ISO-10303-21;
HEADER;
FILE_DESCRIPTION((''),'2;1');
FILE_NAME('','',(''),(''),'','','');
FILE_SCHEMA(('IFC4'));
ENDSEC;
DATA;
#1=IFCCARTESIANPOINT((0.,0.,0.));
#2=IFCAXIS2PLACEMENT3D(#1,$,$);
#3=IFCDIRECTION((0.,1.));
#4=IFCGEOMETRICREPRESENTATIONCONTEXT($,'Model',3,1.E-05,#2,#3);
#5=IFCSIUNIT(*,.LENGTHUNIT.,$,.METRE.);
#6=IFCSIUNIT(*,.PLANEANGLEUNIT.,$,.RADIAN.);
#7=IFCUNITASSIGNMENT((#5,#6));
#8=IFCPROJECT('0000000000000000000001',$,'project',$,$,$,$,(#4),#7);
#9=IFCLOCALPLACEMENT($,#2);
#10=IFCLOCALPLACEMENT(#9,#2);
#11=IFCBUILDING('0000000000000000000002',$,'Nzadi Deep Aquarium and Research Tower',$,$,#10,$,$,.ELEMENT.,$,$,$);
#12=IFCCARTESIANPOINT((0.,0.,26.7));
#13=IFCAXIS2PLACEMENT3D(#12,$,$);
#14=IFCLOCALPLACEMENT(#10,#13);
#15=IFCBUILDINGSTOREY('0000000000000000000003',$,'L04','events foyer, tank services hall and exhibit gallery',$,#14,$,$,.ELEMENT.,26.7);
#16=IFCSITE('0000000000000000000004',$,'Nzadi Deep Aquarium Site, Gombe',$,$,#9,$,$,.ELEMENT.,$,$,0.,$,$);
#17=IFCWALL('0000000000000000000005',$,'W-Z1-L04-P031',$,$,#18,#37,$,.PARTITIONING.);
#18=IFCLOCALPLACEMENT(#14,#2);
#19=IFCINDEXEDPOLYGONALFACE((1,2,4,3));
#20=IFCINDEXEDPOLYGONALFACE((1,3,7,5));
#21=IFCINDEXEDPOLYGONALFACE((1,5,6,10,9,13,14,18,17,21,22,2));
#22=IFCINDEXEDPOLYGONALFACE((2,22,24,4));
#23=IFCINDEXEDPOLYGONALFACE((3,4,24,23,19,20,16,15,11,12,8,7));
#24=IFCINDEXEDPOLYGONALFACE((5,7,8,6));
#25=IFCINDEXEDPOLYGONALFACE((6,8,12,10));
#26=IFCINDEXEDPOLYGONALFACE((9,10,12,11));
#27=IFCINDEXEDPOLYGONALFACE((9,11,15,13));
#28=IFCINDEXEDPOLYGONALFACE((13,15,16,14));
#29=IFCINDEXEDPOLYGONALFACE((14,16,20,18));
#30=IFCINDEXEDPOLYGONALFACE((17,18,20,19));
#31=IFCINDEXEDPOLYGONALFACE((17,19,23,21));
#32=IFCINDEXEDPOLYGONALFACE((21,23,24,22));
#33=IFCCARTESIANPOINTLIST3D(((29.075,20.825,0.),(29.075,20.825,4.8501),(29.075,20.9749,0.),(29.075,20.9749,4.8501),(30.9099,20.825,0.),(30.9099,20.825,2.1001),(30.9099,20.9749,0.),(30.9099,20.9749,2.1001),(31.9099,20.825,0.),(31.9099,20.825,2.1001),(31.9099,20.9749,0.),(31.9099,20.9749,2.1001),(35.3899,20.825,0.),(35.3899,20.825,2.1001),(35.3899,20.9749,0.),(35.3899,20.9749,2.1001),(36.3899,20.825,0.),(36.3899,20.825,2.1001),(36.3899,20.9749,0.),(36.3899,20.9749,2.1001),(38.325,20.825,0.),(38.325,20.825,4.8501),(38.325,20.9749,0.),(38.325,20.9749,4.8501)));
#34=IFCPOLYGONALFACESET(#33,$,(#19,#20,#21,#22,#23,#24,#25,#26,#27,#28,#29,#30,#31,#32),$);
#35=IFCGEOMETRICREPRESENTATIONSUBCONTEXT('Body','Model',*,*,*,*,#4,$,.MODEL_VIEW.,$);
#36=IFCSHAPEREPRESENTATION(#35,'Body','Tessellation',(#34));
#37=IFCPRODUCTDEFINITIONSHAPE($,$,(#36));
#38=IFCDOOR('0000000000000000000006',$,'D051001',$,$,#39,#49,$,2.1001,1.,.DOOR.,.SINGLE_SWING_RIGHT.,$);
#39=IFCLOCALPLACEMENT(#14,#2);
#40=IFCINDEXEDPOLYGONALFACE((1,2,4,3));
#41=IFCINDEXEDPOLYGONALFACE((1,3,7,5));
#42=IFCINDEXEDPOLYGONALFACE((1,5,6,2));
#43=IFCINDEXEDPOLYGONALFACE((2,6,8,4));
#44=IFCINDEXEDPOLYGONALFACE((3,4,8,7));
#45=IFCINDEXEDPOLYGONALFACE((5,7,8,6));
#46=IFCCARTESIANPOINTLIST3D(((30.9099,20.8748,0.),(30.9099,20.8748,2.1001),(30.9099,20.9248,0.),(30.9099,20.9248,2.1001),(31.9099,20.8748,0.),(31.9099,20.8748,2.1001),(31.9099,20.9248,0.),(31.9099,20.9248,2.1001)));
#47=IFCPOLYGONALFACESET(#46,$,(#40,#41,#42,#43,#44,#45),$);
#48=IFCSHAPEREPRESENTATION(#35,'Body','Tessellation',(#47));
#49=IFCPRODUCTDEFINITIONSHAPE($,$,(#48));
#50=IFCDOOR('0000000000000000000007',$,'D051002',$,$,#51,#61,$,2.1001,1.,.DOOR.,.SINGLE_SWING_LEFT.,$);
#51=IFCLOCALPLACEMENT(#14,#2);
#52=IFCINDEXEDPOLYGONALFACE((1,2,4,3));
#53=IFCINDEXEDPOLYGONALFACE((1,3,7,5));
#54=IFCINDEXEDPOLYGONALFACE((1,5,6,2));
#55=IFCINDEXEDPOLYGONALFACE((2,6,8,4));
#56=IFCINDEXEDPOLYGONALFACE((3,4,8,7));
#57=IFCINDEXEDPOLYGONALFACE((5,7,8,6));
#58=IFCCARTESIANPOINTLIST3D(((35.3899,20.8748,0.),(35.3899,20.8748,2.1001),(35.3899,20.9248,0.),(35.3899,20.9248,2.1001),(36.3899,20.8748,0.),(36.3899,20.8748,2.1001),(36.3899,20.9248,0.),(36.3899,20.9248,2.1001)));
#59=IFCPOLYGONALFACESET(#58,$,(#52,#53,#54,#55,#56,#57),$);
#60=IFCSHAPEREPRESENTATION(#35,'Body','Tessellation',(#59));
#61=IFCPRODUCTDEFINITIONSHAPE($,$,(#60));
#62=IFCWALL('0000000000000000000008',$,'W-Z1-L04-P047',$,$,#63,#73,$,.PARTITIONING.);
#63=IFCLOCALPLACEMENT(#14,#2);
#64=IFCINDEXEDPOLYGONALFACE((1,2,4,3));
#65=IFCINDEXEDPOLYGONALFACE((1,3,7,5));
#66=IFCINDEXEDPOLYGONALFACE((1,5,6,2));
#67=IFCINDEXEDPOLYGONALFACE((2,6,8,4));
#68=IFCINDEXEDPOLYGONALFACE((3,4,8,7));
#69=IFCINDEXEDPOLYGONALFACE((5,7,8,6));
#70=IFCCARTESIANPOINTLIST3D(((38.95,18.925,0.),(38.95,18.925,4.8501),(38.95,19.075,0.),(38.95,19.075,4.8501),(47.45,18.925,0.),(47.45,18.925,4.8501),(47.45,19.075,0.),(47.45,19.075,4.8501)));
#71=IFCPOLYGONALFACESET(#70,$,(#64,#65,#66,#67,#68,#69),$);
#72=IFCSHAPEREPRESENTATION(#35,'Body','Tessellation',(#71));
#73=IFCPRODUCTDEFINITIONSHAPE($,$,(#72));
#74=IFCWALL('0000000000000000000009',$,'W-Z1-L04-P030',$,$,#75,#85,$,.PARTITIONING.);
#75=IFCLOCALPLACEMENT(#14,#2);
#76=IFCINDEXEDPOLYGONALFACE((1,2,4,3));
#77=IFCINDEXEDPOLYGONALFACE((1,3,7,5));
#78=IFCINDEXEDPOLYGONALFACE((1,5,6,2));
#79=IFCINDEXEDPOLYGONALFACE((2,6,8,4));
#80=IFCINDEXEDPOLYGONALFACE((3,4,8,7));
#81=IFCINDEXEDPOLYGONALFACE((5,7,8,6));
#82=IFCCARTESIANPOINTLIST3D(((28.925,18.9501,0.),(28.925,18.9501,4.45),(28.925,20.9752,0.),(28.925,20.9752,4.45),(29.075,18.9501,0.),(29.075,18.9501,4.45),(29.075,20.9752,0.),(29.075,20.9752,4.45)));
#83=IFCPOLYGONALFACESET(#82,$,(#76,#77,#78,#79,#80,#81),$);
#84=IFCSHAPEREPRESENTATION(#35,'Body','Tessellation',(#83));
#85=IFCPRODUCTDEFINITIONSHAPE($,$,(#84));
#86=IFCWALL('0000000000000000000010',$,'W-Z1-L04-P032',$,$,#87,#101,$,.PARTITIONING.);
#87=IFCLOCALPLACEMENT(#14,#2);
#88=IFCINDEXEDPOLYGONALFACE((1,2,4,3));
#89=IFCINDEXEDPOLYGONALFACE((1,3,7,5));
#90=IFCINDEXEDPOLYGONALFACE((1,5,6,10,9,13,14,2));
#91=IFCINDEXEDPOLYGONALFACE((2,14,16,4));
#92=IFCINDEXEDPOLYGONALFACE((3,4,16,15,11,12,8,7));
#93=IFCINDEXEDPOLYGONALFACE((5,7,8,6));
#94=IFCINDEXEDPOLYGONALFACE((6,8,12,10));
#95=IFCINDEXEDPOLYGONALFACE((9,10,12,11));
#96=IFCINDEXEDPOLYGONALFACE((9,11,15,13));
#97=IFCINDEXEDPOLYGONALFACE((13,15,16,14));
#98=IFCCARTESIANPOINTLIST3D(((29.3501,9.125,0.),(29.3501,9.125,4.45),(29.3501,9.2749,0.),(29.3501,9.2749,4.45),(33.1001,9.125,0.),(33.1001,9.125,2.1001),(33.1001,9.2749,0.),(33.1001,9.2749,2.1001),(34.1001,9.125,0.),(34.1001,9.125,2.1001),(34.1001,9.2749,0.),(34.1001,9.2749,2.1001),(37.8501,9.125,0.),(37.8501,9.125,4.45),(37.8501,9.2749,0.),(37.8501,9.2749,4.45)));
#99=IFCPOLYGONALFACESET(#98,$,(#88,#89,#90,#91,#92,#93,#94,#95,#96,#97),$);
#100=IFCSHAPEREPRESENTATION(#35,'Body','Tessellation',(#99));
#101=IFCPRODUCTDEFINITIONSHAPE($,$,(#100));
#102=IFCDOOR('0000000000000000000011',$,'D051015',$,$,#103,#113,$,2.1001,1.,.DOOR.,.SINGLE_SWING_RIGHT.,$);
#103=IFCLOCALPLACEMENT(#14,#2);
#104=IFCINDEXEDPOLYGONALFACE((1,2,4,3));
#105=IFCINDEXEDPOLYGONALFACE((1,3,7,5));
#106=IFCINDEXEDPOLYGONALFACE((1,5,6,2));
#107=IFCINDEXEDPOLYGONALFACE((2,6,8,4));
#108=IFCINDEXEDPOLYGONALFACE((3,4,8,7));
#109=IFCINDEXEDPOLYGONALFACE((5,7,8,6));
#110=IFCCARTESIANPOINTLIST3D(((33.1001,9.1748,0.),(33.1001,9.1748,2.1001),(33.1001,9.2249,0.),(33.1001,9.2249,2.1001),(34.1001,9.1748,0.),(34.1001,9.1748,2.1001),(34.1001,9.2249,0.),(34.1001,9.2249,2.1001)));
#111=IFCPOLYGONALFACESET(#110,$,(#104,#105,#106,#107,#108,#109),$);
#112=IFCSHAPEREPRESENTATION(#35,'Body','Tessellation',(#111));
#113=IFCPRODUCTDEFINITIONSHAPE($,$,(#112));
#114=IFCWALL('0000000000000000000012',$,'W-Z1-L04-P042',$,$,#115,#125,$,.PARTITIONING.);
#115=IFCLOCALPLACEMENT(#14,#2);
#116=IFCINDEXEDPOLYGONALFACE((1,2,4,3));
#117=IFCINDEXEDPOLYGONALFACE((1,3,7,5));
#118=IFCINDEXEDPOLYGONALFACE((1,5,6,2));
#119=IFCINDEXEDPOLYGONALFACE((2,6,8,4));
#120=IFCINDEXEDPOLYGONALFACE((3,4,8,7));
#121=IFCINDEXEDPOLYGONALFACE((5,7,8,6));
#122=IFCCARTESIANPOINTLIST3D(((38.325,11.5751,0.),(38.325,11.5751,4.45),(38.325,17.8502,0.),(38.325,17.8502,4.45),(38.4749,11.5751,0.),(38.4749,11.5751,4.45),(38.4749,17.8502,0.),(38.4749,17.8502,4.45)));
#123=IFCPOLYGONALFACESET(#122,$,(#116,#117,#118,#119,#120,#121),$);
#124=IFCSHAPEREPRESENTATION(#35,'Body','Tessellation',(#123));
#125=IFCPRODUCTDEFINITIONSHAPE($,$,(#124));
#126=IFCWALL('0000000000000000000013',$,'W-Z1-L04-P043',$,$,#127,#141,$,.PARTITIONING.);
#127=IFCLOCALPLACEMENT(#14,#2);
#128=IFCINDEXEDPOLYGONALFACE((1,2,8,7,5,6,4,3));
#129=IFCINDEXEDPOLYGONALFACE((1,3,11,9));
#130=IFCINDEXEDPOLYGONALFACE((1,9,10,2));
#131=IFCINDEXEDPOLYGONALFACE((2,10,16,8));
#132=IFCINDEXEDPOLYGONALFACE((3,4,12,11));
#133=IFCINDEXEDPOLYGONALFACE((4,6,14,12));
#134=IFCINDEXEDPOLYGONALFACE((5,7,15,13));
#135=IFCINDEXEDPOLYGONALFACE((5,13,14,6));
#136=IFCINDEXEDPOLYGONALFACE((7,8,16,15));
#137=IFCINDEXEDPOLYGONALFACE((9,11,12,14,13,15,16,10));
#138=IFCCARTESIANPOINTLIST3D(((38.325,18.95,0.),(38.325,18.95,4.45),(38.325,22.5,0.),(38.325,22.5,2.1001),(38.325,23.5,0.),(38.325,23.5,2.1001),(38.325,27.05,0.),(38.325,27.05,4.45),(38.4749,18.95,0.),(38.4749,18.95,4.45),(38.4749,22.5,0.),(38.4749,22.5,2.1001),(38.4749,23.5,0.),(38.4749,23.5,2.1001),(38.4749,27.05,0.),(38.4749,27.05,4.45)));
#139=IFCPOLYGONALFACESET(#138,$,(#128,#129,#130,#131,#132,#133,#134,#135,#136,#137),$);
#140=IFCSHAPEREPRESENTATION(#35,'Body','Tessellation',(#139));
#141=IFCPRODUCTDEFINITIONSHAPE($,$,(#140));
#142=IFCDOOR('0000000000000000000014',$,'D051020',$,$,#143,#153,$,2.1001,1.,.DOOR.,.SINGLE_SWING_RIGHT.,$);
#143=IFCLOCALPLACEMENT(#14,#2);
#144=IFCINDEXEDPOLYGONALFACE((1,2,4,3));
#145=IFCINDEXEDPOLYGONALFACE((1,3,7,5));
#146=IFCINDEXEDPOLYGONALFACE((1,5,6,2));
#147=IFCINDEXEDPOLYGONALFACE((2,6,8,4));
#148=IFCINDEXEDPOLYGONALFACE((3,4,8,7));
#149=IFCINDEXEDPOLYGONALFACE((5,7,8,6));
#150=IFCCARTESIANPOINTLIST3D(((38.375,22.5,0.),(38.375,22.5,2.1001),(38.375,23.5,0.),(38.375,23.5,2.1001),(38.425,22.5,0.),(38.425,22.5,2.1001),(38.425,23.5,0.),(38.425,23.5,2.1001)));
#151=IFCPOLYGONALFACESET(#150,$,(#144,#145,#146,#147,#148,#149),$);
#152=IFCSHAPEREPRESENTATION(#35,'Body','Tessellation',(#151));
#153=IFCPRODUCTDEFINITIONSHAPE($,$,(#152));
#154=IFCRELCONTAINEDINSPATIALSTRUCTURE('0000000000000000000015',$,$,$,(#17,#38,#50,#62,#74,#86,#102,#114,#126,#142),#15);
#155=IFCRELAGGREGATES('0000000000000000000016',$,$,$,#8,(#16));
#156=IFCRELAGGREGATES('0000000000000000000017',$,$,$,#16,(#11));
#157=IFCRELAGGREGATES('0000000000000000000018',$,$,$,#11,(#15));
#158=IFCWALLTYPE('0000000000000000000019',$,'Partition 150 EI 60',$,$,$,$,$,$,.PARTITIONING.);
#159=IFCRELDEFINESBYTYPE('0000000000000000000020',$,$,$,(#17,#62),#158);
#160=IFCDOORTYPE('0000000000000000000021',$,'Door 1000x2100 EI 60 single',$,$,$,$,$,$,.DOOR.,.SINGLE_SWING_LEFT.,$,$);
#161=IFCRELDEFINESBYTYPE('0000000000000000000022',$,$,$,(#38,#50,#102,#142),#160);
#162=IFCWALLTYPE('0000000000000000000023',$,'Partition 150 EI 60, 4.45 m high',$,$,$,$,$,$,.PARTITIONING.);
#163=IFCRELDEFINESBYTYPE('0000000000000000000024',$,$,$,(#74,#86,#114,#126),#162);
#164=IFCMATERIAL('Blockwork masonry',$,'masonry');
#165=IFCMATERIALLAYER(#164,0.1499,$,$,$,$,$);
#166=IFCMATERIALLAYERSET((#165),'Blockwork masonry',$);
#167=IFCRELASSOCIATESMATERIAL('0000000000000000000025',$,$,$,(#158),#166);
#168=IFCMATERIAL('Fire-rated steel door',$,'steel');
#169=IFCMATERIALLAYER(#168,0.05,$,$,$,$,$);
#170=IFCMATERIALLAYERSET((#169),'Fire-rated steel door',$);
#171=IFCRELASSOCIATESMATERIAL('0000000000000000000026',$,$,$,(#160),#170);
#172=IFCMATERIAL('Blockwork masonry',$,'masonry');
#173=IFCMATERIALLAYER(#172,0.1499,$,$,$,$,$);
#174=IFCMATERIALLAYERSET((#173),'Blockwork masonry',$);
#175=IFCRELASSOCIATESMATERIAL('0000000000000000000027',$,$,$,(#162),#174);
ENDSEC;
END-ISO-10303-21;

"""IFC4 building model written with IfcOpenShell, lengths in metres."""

from ifc_helpers import new_model, si_unit, direction, frame, frame_2d, origin, place, context, subcontext, project, spatial, rectangle, extrude, material, layer, layer_set, type_object, element, fill, save


model = new_model("IFC4")

# Units and contexts
model_context = context("Model", 3, precision=1e-05, world=origin(), true_north=direction((0.0, 1.0)))
body_context = subcontext(model_context, "Body", "Model", "MODEL_VIEW")
ifc_project = project(units=[si_unit("LENGTHUNIT", "METRE"), si_unit("PLANEANGLEUNIT", "RADIAN")], contexts=[model_context])

# Site, building, storey
site_placement = place(None, origin())
site = spatial("IfcSite", under=ifc_project, at=site_placement, Name="Nzadi Deep Aquarium Site, Gombe", CompositionType="ELEMENT", RefElevation=0.0)
building_placement = place(site_placement, origin())
building = spatial("IfcBuilding", under=site, at=building_placement, Name="Nzadi Deep Aquarium and Research Tower", CompositionType="ELEMENT")
storey_placement = place(building_placement, frame((0.0, 0.0, 26.7)))
storey = spatial("IfcBuildingStorey", under=building, at=storey_placement, Name="L04", Description="events foyer, tank services hall and exhibit gallery", CompositionType="ELEMENT", Elevation=26.7)

# Wall, openings, doors
ifc_material_1 = material(Name="Blockwork masonry", Category="masonry")
ifc_layer_1 = layer(ifc_material_1, 0.1499)
ifc_layer_set_1 = layer_set([ifc_layer_1], Name="Blockwork masonry")
wall_type_1 = type_object("IfcWallType", Name="Partition 150 EI 60", PredefinedType="PARTITIONING", material=ifc_layer_set_1)
wall_1_placement = place(storey_placement, frame((29.075, 20.8999, 0.0), z_axis=(0.0, 0.0, 1.0), x_axis=(1.0, 0.0, 0.0)))
wall_1 = element("IfcWall", 1, at=wall_1_placement, inside=storey, type_object=wall_type_1, Name="W-Z1-L04-P031", PredefinedType="PARTITIONING", context=body_context, shape_type="SweptSolid", body=[
    extrude(rectangle(XDim=9.25, YDim=0.1499, at=frame_2d((4.625, 0.0))), origin(), (0.0, 0.0, 1.0), 4.8501),
])
opening_1_placement = place(wall_1_placement, frame((1.835, 0.0, 0.0)))
opening_1 = element("IfcOpeningElement", 2, at=opening_1_placement, cuts=wall_1, PredefinedType="OPENING", context=body_context, shape_type="SweptSolid", body=[
    extrude(rectangle(XDim=1.0, YDim=2.1001, at=frame_2d((0.5, 1.05))), frame((0.0, 0.085, 0.0), z_axis=(0.0, -1.0, 0.0), x_axis=(1.0, 0.0, 0.0)), (0.0, 0.0, 1.0), 0.1699),
])
opening_2_placement = place(wall_1_placement, frame((6.3149, 0.0, 0.0)))
opening_2 = element("IfcOpeningElement", 3, at=opening_2_placement, cuts=wall_1, PredefinedType="OPENING", context=body_context, shape_type="SweptSolid", body=[
    extrude(rectangle(XDim=1.0, YDim=2.1001, at=frame_2d((0.5, 1.05))), frame((0.0, 0.085, 0.0), z_axis=(0.0, -1.0, 0.0), x_axis=(1.0, 0.0, 0.0)), (0.0, 0.0, 1.0), 0.1699),
])
ifc_material_2 = material(Name="Fire-rated steel door", Category="steel")
ifc_layer_2 = layer(ifc_material_2, 0.05)
ifc_layer_set_2 = layer_set([ifc_layer_2], Name="Fire-rated steel door")
door_type = type_object("IfcDoorType", Name="Door 1000x2100 EI 60 single", OperationType="SINGLE_SWING_LEFT", PredefinedType="DOOR", material=ifc_layer_set_2)
door_1_placement = place(opening_1_placement, origin())
door_1 = element("IfcDoor", 4, at=door_1_placement, inside=storey, type_object=door_type, Name="D051001", OperationType="SINGLE_SWING_RIGHT", OverallHeight=2.1001, OverallWidth=1.0, PredefinedType="DOOR", context=body_context, shape_type="SweptSolid", body=[
    extrude(rectangle(XDim=1.0, YDim=2.1001, at=frame_2d((0.5, 1.05))), frame((0.0, 0.0249, 0.0), z_axis=(0.0, -1.0, 0.0), x_axis=(1.0, 0.0, 0.0)), (0.0, 0.0, 1.0), 0.05),
])
fill(opening_1, door_1)
door_2_placement = place(opening_2_placement, origin())
door_2 = element("IfcDoor", 5, at=door_2_placement, inside=storey, type_object=door_type, Name="D051002", OperationType="SINGLE_SWING_LEFT", OverallHeight=2.1001, OverallWidth=1.0, PredefinedType="DOOR", context=body_context, shape_type="SweptSolid", body=[
    extrude(rectangle(XDim=1.0, YDim=2.1001, at=frame_2d((0.5, 1.05))), frame((0.0, 0.0249, 0.0), z_axis=(0.0, -1.0, 0.0), x_axis=(1.0, 0.0, 0.0)), (0.0, 0.0, 1.0), 0.05),
])
fill(opening_2, door_2)

# Walls
wall_2_placement = place(storey_placement, frame((38.95, 19.0, 0.0), z_axis=(0.0, 0.0, 1.0), x_axis=(1.0, 0.0, 0.0)))
element("IfcWall", 6, at=wall_2_placement, inside=storey, type_object=wall_type_1, Name="W-Z1-L04-P047", PredefinedType="PARTITIONING", context=body_context, shape_type="SweptSolid", body=[
    extrude(rectangle(XDim=8.5, YDim=0.1499, at=frame_2d((4.25, 0.0))), origin(), (0.0, 0.0, 1.0), 4.8501),
])
ifc_material_3 = material(Name="Blockwork masonry", Category="masonry")
ifc_layer_3 = layer(ifc_material_3, 0.1499)
ifc_layer_set_3 = layer_set([ifc_layer_3], Name="Blockwork masonry")
wall_type_2 = type_object("IfcWallType", Name="Partition 150 EI 60, 4.45 m high", PredefinedType="PARTITIONING", material=ifc_layer_set_3)
wall_3_placement = place(storey_placement, frame((29.0, 18.95, 0.0), z_axis=(0.0, 0.0, 1.0), x_axis=(0.0, 1.0, 0.0)))
element("IfcWall", 7, at=wall_3_placement, inside=storey, type_object=wall_type_2, Name="W-Z1-L04-P030", PredefinedType="PARTITIONING", context=body_context, shape_type="SweptSolid", body=[
    extrude(rectangle(XDim=2.0251, YDim=0.1499, at=frame_2d((1.0127, 0.0))), origin(), (0.0, 0.0, 1.0), 4.45),
])

# Wall, opening, door
wall_4_placement = place(storey_placement, frame((29.3501, 9.2, 0.0), z_axis=(0.0, 0.0, 1.0), x_axis=(1.0, 0.0, 0.0)))
wall_4 = element("IfcWall", 8, at=wall_4_placement, inside=storey, type_object=wall_type_2, Name="W-Z1-L04-P032", PredefinedType="PARTITIONING", context=body_context, shape_type="SweptSolid", body=[
    extrude(rectangle(XDim=8.5, YDim=0.1499, at=frame_2d((4.25, 0.0))), origin(), (0.0, 0.0, 1.0), 4.45),
])
opening_3_placement = place(wall_4_placement, frame((3.75, 0.0, 0.0)))
opening_3 = element("IfcOpeningElement", 9, at=opening_3_placement, cuts=wall_4, PredefinedType="OPENING", context=body_context, shape_type="SweptSolid", body=[
    extrude(rectangle(XDim=1.0, YDim=2.1001, at=frame_2d((0.5, 1.05))), frame((0.0, 0.085, 0.0), z_axis=(0.0, -1.0, 0.0), x_axis=(1.0, 0.0, 0.0)), (0.0, 0.0, 1.0), 0.1699),
])
door_3_placement = place(opening_3_placement, origin())
door_3 = element("IfcDoor", 10, at=door_3_placement, inside=storey, type_object=door_type, Name="D051015", OperationType="SINGLE_SWING_RIGHT", OverallHeight=2.1001, OverallWidth=1.0, PredefinedType="DOOR", context=body_context, shape_type="SweptSolid", body=[
    extrude(rectangle(XDim=1.0, YDim=2.1001, at=frame_2d((0.5, 1.05))), frame((0.0, 0.0249, 0.0), z_axis=(0.0, -1.0, 0.0), x_axis=(1.0, 0.0, 0.0)), (0.0, 0.0, 1.0), 0.05),
])
fill(opening_3, door_3)

# Wall
wall_5_placement = place(storey_placement, frame((38.3999, 11.575, 0.0), z_axis=(0.0, 0.0, 1.0), x_axis=(0.0, 1.0, 0.0)))
element("IfcWall", 11, at=wall_5_placement, inside=storey, type_object=wall_type_2, Name="W-Z1-L04-P042", PredefinedType="PARTITIONING", context=body_context, shape_type="SweptSolid", body=[
    extrude(rectangle(XDim=6.2751, YDim=0.1499, at=frame_2d((3.1377, 0.0))), origin(), (0.0, 0.0, 1.0), 4.45),
])

# Wall, opening, door
wall_6_placement = place(storey_placement, frame((38.3999, 18.95, 0.0), z_axis=(0.0, 0.0, 1.0), x_axis=(0.0, 1.0, 0.0)))
wall_6 = element("IfcWall", 12, at=wall_6_placement, inside=storey, type_object=wall_type_2, Name="W-Z1-L04-P043", PredefinedType="PARTITIONING", context=body_context, shape_type="SweptSolid", body=[
    extrude(rectangle(XDim=8.1001, YDim=0.1499, at=frame_2d((4.05, 0.0))), origin(), (0.0, 0.0, 1.0), 4.45),
])
opening_4_placement = place(wall_6_placement, frame((3.55, 0.0, 0.0)))
opening_4 = element("IfcOpeningElement", 13, at=opening_4_placement, cuts=wall_6, PredefinedType="OPENING", context=body_context, shape_type="SweptSolid", body=[
    extrude(rectangle(XDim=1.0, YDim=2.1001, at=frame_2d((0.5, 1.05))), frame((0.0, 0.085, 0.0), z_axis=(0.0, -1.0, 0.0), x_axis=(1.0, 0.0, 0.0)), (0.0, 0.0, 1.0), 0.1699),
])
door_4_placement = place(opening_4_placement, origin())
door_4 = element("IfcDoor", 14, at=door_4_placement, inside=storey, type_object=door_type, Name="D051020", OperationType="SINGLE_SWING_RIGHT", OverallHeight=2.1001, OverallWidth=1.0, PredefinedType="DOOR", context=body_context, shape_type="SweptSolid", body=[
    extrude(rectangle(XDim=1.0, YDim=2.1001, at=frame_2d((0.5, 1.05))), frame((0.0, 0.0249, 0.0), z_axis=(0.0, -1.0, 0.0), x_axis=(1.0, 0.0, 0.0)), (0.0, 0.0, 1.0), 0.05),
])
fill(opening_4, door_4)

save(model, "model.ifc")
